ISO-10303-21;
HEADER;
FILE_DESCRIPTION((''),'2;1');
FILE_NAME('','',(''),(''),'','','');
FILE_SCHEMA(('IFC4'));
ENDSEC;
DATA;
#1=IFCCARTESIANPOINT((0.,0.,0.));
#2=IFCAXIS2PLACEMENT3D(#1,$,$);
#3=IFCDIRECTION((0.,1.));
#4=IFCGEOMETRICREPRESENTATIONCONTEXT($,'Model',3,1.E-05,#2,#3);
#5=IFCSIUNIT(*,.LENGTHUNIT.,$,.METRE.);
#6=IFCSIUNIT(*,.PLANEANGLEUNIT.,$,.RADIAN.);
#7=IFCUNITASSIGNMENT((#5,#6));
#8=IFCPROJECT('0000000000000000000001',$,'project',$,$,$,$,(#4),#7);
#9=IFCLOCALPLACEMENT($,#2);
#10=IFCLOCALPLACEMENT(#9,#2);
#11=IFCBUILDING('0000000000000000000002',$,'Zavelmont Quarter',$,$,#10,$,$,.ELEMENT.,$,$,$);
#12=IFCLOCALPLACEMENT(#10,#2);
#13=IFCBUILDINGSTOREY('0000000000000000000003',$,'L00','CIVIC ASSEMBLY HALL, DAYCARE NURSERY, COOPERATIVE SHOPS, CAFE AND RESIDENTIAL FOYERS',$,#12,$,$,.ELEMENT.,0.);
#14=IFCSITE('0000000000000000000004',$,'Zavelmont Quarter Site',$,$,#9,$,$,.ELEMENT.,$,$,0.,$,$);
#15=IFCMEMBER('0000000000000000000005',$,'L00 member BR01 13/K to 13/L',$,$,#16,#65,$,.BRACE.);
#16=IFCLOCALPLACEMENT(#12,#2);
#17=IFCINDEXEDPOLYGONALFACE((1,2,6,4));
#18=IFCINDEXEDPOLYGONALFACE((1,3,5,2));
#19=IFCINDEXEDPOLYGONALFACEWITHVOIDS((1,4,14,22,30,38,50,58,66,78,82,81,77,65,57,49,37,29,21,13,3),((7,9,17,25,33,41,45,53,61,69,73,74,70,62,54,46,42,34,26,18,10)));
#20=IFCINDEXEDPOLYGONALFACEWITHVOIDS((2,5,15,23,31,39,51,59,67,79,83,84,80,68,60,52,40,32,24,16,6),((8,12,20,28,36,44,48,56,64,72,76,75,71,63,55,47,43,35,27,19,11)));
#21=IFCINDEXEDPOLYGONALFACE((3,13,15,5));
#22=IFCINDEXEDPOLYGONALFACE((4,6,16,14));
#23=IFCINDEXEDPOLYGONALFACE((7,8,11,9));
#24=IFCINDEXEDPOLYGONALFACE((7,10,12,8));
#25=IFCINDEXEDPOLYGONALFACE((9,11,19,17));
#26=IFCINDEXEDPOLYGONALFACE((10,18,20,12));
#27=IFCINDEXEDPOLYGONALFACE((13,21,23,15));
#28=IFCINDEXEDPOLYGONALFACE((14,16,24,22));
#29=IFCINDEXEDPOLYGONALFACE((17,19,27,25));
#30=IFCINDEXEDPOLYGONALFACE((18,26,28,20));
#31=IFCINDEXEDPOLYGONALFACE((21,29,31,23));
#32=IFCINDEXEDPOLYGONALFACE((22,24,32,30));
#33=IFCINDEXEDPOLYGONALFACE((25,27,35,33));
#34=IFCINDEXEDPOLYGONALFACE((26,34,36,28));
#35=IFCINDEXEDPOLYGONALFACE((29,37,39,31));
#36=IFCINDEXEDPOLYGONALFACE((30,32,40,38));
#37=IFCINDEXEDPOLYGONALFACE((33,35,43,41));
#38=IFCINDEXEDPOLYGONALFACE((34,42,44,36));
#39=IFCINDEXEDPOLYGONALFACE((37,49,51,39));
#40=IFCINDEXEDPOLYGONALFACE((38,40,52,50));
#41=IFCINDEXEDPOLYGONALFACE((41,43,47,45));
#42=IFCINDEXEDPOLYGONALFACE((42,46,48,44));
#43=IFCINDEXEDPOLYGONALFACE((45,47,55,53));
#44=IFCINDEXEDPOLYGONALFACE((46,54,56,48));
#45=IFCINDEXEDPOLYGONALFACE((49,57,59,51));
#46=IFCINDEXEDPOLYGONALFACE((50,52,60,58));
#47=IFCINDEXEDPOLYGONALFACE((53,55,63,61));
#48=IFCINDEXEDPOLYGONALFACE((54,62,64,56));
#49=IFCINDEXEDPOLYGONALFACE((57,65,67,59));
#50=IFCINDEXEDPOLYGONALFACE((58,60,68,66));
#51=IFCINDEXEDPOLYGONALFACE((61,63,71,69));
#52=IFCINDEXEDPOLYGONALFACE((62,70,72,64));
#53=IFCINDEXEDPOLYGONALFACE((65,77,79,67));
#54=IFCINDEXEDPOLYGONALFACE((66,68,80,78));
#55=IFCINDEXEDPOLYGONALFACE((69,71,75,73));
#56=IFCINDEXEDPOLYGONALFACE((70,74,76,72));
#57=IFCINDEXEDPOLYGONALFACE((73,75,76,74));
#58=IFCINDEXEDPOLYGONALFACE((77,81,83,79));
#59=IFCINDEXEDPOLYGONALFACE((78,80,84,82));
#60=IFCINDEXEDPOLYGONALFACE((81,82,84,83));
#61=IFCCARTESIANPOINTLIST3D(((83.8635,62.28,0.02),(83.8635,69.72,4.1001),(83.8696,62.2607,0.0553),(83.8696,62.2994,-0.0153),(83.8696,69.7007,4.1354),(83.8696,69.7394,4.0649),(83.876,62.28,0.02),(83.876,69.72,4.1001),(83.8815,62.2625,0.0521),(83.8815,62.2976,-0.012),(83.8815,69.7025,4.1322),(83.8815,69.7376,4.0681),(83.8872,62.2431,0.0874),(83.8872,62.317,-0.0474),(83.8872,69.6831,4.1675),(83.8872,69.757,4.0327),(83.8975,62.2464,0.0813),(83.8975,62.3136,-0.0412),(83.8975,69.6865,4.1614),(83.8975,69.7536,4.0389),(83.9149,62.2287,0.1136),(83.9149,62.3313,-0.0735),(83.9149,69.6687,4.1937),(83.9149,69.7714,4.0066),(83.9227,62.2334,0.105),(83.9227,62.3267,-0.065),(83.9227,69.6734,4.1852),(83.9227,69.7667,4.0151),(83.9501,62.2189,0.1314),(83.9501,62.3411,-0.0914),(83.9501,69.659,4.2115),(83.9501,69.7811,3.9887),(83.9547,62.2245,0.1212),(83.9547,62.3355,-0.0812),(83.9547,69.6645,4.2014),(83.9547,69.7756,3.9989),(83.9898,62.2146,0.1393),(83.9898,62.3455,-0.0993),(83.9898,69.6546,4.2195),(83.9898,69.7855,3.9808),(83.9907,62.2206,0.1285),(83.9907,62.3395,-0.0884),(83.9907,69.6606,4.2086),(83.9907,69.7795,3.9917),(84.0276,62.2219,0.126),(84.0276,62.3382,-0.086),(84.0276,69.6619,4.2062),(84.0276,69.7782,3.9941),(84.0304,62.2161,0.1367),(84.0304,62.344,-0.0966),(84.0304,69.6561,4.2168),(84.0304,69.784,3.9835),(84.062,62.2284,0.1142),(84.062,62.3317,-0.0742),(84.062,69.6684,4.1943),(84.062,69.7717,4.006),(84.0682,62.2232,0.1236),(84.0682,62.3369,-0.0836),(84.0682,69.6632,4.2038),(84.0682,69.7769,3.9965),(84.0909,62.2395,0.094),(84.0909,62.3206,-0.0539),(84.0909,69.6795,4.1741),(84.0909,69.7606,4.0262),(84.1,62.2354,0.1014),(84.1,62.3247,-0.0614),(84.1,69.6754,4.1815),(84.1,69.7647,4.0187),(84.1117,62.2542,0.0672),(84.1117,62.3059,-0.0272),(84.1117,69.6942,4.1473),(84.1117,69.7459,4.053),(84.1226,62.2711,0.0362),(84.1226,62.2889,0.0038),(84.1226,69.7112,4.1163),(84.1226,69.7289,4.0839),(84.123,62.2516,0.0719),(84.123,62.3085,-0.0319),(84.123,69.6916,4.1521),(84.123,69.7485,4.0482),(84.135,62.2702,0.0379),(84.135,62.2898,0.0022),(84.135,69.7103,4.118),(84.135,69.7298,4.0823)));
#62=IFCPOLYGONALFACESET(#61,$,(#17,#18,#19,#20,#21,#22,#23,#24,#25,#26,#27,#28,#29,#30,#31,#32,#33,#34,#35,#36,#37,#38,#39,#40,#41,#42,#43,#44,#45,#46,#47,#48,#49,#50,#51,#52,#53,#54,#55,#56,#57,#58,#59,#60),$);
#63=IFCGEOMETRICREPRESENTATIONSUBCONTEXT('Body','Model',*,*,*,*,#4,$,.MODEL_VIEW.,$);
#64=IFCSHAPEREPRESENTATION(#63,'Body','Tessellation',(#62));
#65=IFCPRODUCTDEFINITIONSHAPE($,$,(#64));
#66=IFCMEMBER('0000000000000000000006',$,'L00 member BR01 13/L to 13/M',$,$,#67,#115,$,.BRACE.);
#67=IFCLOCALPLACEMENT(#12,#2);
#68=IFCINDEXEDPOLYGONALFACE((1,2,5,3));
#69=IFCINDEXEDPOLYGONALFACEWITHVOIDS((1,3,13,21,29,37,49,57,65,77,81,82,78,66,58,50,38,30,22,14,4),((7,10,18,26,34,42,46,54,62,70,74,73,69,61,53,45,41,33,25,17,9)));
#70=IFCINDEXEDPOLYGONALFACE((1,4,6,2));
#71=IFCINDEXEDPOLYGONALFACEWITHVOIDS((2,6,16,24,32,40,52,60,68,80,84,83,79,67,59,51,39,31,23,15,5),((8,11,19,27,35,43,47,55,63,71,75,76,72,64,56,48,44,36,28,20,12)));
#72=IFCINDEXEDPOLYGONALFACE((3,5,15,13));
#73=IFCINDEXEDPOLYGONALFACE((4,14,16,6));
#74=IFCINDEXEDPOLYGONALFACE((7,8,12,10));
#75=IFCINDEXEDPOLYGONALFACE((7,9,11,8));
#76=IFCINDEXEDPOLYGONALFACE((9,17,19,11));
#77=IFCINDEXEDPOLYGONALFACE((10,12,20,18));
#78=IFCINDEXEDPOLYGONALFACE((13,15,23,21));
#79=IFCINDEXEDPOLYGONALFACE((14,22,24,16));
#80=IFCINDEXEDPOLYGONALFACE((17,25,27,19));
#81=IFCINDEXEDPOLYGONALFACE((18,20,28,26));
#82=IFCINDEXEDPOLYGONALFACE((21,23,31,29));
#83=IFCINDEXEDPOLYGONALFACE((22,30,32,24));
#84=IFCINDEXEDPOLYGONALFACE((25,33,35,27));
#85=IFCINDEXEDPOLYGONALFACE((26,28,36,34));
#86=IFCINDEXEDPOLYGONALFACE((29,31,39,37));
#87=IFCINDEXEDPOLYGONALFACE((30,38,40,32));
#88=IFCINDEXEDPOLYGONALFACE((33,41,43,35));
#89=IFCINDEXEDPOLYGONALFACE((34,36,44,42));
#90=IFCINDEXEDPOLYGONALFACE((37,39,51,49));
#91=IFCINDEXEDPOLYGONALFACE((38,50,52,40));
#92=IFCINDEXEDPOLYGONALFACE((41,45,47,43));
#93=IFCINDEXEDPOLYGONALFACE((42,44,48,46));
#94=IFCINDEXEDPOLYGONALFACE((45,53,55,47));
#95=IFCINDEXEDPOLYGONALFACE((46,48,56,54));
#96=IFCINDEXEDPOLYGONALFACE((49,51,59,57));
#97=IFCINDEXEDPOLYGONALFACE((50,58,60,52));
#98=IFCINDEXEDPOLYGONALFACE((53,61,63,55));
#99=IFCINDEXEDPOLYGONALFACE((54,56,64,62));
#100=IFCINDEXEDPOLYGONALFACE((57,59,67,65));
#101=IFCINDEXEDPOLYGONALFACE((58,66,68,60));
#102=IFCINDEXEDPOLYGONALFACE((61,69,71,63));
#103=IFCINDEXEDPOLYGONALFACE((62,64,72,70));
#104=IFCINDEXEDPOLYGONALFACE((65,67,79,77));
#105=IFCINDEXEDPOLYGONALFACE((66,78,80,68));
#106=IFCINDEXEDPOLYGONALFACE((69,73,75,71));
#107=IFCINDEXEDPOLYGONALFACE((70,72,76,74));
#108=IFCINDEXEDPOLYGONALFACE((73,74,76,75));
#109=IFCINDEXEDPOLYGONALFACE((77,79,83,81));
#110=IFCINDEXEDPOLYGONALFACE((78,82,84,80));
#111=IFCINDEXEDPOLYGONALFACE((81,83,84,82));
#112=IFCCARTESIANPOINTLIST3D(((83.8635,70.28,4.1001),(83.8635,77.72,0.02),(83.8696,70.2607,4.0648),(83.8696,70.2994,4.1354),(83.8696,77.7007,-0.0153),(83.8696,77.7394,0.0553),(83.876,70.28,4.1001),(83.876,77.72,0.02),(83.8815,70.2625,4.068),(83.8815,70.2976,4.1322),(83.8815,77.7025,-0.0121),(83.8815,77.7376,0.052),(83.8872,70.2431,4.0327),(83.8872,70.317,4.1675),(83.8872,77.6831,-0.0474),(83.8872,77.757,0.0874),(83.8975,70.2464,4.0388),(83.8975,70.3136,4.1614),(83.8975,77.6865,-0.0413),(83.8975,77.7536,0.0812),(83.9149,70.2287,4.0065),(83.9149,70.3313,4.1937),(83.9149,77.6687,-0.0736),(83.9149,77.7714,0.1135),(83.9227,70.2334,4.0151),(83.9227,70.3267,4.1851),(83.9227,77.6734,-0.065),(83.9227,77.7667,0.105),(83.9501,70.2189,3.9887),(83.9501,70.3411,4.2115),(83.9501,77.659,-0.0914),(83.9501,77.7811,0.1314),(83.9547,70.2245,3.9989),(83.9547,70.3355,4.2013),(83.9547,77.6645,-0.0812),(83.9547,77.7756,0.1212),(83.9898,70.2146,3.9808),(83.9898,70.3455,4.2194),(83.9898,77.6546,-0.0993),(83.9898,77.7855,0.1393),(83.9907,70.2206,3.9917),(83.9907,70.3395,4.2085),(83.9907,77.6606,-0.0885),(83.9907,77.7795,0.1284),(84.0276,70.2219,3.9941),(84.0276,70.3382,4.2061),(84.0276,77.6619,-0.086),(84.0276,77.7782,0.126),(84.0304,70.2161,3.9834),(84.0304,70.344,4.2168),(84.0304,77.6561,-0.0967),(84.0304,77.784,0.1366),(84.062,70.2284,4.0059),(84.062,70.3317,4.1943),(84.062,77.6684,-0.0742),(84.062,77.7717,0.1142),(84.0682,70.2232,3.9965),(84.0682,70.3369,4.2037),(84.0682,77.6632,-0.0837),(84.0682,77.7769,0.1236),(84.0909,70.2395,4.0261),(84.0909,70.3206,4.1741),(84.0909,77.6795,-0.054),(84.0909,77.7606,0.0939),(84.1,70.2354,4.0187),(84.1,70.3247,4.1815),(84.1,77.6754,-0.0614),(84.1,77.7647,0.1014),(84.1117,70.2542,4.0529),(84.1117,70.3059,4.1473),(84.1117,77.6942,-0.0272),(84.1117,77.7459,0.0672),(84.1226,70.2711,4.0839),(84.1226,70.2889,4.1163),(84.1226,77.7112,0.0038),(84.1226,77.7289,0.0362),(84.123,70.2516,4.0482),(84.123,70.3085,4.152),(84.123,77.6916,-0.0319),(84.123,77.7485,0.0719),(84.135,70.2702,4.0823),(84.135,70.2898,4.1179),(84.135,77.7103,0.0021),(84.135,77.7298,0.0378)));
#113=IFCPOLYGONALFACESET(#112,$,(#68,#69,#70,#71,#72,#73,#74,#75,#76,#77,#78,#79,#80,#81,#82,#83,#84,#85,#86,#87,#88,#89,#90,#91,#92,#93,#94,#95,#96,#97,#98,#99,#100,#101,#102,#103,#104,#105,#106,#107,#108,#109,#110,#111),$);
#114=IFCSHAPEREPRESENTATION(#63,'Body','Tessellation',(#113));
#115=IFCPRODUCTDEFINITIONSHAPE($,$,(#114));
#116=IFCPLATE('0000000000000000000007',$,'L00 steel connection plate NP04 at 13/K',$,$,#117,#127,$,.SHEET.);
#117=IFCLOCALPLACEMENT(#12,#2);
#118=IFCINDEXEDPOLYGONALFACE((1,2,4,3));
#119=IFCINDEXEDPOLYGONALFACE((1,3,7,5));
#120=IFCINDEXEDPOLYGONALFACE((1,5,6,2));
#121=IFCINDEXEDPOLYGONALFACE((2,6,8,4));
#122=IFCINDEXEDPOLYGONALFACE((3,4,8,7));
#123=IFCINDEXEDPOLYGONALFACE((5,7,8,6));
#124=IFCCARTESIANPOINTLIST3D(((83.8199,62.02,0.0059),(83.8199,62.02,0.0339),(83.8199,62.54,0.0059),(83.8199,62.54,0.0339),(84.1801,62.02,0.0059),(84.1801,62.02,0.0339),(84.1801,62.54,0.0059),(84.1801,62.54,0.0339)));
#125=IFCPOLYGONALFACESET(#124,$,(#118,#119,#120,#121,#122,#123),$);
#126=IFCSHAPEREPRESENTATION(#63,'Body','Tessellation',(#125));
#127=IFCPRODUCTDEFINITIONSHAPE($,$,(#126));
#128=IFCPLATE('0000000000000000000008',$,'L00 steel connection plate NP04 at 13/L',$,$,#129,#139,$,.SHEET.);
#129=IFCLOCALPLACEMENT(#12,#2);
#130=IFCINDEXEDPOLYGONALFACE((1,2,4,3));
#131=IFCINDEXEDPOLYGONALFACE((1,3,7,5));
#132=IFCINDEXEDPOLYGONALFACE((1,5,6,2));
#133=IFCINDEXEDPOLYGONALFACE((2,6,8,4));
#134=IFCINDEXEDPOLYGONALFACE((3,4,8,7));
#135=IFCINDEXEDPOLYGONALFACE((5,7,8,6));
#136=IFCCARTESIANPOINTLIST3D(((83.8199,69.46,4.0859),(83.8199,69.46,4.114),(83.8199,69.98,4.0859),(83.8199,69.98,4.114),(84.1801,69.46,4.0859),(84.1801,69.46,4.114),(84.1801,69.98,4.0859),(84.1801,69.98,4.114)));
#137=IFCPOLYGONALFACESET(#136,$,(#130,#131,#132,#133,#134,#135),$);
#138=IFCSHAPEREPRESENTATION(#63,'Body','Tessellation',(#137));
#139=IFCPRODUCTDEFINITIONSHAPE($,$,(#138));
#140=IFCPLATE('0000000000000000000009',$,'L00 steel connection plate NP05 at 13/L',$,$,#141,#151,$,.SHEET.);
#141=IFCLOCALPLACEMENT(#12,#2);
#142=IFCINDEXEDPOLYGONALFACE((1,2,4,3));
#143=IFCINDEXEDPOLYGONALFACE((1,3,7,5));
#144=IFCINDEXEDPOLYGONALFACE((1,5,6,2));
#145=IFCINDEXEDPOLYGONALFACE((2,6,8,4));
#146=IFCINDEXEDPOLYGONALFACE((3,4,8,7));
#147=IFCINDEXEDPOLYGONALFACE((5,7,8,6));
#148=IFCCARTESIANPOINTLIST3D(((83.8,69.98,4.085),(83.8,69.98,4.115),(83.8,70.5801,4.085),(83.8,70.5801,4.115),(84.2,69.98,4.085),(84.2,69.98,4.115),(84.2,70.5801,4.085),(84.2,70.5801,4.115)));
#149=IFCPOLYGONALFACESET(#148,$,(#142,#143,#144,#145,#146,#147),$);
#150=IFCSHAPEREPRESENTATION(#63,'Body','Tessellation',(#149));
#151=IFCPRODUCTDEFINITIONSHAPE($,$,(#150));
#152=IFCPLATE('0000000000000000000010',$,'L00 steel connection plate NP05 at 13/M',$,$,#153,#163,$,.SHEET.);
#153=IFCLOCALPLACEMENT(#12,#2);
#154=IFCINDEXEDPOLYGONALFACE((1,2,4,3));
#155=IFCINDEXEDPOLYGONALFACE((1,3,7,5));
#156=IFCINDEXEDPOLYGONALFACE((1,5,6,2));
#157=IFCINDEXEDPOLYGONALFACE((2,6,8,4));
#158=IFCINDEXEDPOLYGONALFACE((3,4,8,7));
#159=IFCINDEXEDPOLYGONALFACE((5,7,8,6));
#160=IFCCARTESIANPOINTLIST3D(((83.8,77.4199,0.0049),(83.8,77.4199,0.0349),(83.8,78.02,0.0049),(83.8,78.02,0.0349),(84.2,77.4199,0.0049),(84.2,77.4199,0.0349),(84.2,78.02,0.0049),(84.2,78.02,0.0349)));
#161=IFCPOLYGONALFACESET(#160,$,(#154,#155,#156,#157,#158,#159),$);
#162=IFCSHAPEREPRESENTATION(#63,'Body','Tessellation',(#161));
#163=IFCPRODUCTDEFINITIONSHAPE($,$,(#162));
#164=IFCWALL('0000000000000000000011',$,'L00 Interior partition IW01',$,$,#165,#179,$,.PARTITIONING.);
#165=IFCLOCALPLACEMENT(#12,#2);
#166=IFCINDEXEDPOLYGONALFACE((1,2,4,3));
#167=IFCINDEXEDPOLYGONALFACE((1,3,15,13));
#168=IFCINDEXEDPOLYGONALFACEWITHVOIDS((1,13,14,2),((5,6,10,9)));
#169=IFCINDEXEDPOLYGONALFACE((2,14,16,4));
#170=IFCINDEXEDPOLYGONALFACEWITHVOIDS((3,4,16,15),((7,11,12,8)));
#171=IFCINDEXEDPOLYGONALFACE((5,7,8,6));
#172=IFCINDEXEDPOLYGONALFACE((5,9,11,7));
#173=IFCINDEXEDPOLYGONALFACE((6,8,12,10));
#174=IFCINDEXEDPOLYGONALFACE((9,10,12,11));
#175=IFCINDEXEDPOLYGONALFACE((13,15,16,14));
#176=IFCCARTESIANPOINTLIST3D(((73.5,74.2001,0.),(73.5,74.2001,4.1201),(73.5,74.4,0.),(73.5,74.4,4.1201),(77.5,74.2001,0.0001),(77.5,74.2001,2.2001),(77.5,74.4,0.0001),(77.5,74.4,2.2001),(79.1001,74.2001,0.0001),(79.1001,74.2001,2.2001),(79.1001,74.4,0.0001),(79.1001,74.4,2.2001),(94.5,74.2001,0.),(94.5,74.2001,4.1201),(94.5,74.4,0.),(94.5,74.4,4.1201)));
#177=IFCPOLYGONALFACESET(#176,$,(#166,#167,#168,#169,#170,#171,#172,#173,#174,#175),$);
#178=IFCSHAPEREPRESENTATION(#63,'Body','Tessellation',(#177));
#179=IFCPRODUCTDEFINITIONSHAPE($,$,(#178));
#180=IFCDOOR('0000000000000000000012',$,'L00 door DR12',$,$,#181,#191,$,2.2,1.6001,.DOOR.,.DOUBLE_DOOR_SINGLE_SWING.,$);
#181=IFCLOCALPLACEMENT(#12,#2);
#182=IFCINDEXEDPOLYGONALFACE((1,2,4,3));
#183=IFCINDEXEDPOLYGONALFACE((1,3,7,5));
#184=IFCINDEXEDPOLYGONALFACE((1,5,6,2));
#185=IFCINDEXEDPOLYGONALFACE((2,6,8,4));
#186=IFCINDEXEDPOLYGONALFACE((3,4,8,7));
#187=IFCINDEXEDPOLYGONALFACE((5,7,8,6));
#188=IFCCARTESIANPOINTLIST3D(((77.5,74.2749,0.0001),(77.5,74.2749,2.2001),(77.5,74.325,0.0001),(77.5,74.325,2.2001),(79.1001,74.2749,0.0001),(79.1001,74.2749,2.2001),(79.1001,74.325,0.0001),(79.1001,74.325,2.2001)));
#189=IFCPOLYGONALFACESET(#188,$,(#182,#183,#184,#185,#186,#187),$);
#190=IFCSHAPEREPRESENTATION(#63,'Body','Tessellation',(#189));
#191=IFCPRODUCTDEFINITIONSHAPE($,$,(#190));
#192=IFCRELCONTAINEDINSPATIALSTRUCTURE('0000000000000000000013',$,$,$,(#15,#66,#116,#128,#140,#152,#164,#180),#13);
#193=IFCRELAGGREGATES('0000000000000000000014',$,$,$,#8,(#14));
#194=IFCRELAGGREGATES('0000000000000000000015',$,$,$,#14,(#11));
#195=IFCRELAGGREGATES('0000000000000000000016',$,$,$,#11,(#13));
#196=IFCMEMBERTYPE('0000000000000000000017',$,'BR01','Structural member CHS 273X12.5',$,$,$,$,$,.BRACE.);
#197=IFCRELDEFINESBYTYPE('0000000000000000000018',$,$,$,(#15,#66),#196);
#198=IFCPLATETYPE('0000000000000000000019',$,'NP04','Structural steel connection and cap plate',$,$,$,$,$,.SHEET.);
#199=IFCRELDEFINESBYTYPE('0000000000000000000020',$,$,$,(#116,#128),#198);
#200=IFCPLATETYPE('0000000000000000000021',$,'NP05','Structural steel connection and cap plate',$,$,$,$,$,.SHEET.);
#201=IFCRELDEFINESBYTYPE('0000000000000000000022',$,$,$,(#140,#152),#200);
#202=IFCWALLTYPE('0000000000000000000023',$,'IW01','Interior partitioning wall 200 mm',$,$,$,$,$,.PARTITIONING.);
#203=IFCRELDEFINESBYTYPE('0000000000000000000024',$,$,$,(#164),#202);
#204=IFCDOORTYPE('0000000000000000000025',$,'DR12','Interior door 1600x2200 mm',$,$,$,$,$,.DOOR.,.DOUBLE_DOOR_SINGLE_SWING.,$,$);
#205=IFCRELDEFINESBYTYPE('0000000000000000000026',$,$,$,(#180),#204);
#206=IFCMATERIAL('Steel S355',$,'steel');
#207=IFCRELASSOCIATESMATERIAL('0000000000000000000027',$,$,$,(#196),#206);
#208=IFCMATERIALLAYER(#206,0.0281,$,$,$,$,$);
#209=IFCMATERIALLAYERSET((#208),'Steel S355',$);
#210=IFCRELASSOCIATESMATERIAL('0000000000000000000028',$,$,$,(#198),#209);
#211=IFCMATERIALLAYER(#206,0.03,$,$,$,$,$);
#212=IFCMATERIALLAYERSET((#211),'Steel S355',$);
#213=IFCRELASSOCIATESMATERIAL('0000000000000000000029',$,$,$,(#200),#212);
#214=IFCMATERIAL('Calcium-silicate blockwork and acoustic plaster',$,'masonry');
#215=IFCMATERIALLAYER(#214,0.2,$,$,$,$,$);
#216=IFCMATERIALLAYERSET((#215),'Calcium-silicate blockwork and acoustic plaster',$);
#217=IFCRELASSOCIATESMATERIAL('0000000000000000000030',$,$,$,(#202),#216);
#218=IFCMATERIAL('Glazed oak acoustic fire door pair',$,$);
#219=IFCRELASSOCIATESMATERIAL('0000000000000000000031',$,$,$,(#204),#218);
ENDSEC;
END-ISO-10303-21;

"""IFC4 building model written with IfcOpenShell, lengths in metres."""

from ifc_helpers import new_model, si_unit, direction, frame, frame_2d, origin, origin_with_axes, origin_2d, place, context, subcontext, project, spatial, rectangle, hollow_circle, extrude, material, layer, layer_set, material_profile, profile_set, type_object, element, fill, save


model = new_model("IFC4")

# Units and contexts
model_context = context("Model", 3, precision=1e-05, world=origin(), true_north=direction((0.0, 1.0)))
body_context = subcontext(model_context, "Body", "Model", "MODEL_VIEW")
ifc_project = project(units=[si_unit("LENGTHUNIT", "METRE"), si_unit("PLANEANGLEUNIT", "RADIAN")], contexts=[model_context])

# Site, building, storey
site_placement = place(None, origin())
site = spatial("IfcSite", under=ifc_project, at=site_placement, Name="Zavelmont Quarter Site", CompositionType="ELEMENT", RefElevation=0.0)
building_placement = place(site_placement, origin())
building = spatial("IfcBuilding", under=site, at=building_placement, Name="Zavelmont Quarter", CompositionType="ELEMENT")
storey_placement = place(building_placement, origin())
storey = spatial("IfcBuildingStorey", under=building, at=storey_placement, Name="L00", Description="CIVIC ASSEMBLY HALL, DAYCARE NURSERY, COOPERATIVE SHOPS, CAFE AND RESIDENTIAL FOYERS", CompositionType="ELEMENT", Elevation=0.0)

# Members
ifc_material_1 = material(Name="Steel S355", Category="steel")
ifc_material_profile_1 = material_profile(ifc_material_1, hollow_circle(Radius=0.1365, WallThickness=0.0125, at=origin_2d()), Name="CHS 273X12.5")
ifc_profile_set_1 = profile_set([ifc_material_profile_1], Name="Steel S355")
member_type = type_object("IfcMemberType", Name="BR01", Description="Structural member CHS 273X12.5", PredefinedType="BRACE", material=ifc_profile_set_1)
for number, where, z_axis, x_axis, name in (
    (1, (84.0, 62.28, 0.02), (0.0, 0.876807, 0.480843), (-1.0, 0.0, 0.0), "L00 member BR01 13/K to 13/L"),
    (2, (84.0, 70.28, 4.1001), (0.0, 0.876807, -0.480843), (-1.0, 0.0, 0.0), "L00 member BR01 13/L to 13/M"),
):
    element("IfcMember", number, at=place(storey_placement, frame(where, z_axis=z_axis, x_axis=x_axis)), inside=storey, type_object=member_type, Name=name, PredefinedType="BRACE", context=body_context, shape_type="SweptSolid", body=[
        extrude(hollow_circle(Radius=0.1365, WallThickness=0.0125, at=origin_2d()), origin(), (0.0, 0.0, 1.0), 8.4854),
    ])

# Plates
ifc_layer_1 = layer(ifc_material_1, 0.0281)
ifc_layer_set_1 = layer_set([ifc_layer_1], Name="Steel S355")
plate_type_1 = type_object("IfcPlateType", Name="NP04", Description="Structural steel connection and cap plate", PredefinedType="SHEET", material=ifc_layer_set_1)
for number, where, z_axis, x_axis, name in (
    (3, (84.0, 62.28, 0.0059), (0.0, 0.0, 1.0), (0.0, 1.0, 0.0), "L00 steel connection plate NP04 at 13/K"),
    (4, (84.0, 69.72, 4.0859), (0.0, 0.0, 1.0), (0.0, 1.0, 0.0), "L00 steel connection plate NP04 at 13/L"),
):
    element("IfcPlate", number, at=place(storey_placement, frame(where, z_axis=z_axis, x_axis=x_axis)), inside=storey, type_object=plate_type_1, Name=name, PredefinedType="SHEET", context=body_context, shape_type="SweptSolid", body=[
        extrude(rectangle(XDim=0.52, YDim=0.3601, at=origin_2d()), origin(), (0.0, 0.0, 1.0), 0.0281),
    ])
ifc_layer_2 = layer(ifc_material_1, 0.03)
ifc_layer_set_2 = layer_set([ifc_layer_2], Name="Steel S355")
plate_type_2 = type_object("IfcPlateType", Name="NP05", Description="Structural steel connection and cap plate", PredefinedType="SHEET", material=ifc_layer_set_2)
for number, where, z_axis, x_axis, name in (
    (5, (84.0, 70.28, 4.085), (0.0, 0.0, 1.0), (0.0, 1.0, 0.0), "L00 steel connection plate NP05 at 13/L"),
    (6, (84.0, 77.72, 0.0049), (0.0, 0.0, 1.0), (0.0, 1.0, 0.0), "L00 steel connection plate NP05 at 13/M"),
):
    element("IfcPlate", number, at=place(storey_placement, frame(where, z_axis=z_axis, x_axis=x_axis)), inside=storey, type_object=plate_type_2, Name=name, PredefinedType="SHEET", context=body_context, shape_type="SweptSolid", body=[
        extrude(rectangle(XDim=0.6001, YDim=0.3999, at=origin_2d()), origin(), (0.0, 0.0, 1.0), 0.03),
    ])

# Wall, opening, door
ifc_material_2 = material(Name="Calcium-silicate blockwork and acoustic plaster", Category="masonry")
ifc_layer_3 = layer(ifc_material_2, 0.2)
ifc_layer_set_3 = layer_set([ifc_layer_3], Name="Calcium-silicate blockwork and acoustic plaster")
wall_type = type_object("IfcWallType", Name="IW01", Description="Interior partitioning wall 200 mm", PredefinedType="PARTITIONING", material=ifc_layer_set_3)
wall_1_placement = place(storey_placement, frame((73.5, 74.3, 0.0), z_axis=(0.0, 0.0, 1.0), x_axis=(1.0, 0.0, 0.0)))
wall_1 = element("IfcWall", 7, at=wall_1_placement, inside=storey, type_object=wall_type, Name="L00 Interior partition IW01", PredefinedType="PARTITIONING", context=body_context, shape_type="SweptSolid", body=[
    extrude(rectangle(XDim=21.0, YDim=0.2, at=frame_2d((10.5, 0.0))), origin(), (0.0, 0.0, 1.0), 4.1201),
])
opening_1_placement = place(wall_1_placement, frame((4.0, 0.0, 0.0)))
opening_1 = element("IfcOpeningElement", 8, at=opening_1_placement, cuts=wall_1, PredefinedType="OPENING", context=body_context, shape_type="SweptSolid", body=[
    extrude(rectangle(XDim=1.6001, YDim=2.2, at=frame_2d((0.8, 1.1001))), frame((0.0, 0.1118, 0.0), z_axis=(0.0, -1.0, 0.0), x_axis=(1.0, 0.0, 0.0)), (0.0, 0.0, 1.0), 0.2239),
])
ifc_material_3 = material(Name="Glazed oak acoustic fire door pair")
door_type_1 = type_object("IfcDoorType", Name="DR12", Description="Interior door 1600x2200 mm", OperationType="DOUBLE_DOOR_SINGLE_SWING", PredefinedType="DOOR", material=ifc_material_3)
door_1_placement = place(opening_1_placement, origin_with_axes())
door_1 = element("IfcDoor", 9, at=door_1_placement, inside=storey, type_object=door_type_1, Name="L00 door DR12", OperationType="DOUBLE_DOOR_SINGLE_SWING", OverallHeight=2.2, OverallWidth=1.6001, PredefinedType="DOOR", context=body_context, shape_type="SweptSolid", body=[
    extrude(rectangle(XDim=1.6001, YDim=2.2, at=frame_2d((0.8, 1.1001))), frame((0.0, 0.0249, 0.0), z_axis=(0.0, -1.0, 0.0), x_axis=(1.0, 0.0, 0.0)), (0.0, 0.0, 1.0), 0.05),
])
fill(opening_1, door_1)

save(model, "model.ifc")
